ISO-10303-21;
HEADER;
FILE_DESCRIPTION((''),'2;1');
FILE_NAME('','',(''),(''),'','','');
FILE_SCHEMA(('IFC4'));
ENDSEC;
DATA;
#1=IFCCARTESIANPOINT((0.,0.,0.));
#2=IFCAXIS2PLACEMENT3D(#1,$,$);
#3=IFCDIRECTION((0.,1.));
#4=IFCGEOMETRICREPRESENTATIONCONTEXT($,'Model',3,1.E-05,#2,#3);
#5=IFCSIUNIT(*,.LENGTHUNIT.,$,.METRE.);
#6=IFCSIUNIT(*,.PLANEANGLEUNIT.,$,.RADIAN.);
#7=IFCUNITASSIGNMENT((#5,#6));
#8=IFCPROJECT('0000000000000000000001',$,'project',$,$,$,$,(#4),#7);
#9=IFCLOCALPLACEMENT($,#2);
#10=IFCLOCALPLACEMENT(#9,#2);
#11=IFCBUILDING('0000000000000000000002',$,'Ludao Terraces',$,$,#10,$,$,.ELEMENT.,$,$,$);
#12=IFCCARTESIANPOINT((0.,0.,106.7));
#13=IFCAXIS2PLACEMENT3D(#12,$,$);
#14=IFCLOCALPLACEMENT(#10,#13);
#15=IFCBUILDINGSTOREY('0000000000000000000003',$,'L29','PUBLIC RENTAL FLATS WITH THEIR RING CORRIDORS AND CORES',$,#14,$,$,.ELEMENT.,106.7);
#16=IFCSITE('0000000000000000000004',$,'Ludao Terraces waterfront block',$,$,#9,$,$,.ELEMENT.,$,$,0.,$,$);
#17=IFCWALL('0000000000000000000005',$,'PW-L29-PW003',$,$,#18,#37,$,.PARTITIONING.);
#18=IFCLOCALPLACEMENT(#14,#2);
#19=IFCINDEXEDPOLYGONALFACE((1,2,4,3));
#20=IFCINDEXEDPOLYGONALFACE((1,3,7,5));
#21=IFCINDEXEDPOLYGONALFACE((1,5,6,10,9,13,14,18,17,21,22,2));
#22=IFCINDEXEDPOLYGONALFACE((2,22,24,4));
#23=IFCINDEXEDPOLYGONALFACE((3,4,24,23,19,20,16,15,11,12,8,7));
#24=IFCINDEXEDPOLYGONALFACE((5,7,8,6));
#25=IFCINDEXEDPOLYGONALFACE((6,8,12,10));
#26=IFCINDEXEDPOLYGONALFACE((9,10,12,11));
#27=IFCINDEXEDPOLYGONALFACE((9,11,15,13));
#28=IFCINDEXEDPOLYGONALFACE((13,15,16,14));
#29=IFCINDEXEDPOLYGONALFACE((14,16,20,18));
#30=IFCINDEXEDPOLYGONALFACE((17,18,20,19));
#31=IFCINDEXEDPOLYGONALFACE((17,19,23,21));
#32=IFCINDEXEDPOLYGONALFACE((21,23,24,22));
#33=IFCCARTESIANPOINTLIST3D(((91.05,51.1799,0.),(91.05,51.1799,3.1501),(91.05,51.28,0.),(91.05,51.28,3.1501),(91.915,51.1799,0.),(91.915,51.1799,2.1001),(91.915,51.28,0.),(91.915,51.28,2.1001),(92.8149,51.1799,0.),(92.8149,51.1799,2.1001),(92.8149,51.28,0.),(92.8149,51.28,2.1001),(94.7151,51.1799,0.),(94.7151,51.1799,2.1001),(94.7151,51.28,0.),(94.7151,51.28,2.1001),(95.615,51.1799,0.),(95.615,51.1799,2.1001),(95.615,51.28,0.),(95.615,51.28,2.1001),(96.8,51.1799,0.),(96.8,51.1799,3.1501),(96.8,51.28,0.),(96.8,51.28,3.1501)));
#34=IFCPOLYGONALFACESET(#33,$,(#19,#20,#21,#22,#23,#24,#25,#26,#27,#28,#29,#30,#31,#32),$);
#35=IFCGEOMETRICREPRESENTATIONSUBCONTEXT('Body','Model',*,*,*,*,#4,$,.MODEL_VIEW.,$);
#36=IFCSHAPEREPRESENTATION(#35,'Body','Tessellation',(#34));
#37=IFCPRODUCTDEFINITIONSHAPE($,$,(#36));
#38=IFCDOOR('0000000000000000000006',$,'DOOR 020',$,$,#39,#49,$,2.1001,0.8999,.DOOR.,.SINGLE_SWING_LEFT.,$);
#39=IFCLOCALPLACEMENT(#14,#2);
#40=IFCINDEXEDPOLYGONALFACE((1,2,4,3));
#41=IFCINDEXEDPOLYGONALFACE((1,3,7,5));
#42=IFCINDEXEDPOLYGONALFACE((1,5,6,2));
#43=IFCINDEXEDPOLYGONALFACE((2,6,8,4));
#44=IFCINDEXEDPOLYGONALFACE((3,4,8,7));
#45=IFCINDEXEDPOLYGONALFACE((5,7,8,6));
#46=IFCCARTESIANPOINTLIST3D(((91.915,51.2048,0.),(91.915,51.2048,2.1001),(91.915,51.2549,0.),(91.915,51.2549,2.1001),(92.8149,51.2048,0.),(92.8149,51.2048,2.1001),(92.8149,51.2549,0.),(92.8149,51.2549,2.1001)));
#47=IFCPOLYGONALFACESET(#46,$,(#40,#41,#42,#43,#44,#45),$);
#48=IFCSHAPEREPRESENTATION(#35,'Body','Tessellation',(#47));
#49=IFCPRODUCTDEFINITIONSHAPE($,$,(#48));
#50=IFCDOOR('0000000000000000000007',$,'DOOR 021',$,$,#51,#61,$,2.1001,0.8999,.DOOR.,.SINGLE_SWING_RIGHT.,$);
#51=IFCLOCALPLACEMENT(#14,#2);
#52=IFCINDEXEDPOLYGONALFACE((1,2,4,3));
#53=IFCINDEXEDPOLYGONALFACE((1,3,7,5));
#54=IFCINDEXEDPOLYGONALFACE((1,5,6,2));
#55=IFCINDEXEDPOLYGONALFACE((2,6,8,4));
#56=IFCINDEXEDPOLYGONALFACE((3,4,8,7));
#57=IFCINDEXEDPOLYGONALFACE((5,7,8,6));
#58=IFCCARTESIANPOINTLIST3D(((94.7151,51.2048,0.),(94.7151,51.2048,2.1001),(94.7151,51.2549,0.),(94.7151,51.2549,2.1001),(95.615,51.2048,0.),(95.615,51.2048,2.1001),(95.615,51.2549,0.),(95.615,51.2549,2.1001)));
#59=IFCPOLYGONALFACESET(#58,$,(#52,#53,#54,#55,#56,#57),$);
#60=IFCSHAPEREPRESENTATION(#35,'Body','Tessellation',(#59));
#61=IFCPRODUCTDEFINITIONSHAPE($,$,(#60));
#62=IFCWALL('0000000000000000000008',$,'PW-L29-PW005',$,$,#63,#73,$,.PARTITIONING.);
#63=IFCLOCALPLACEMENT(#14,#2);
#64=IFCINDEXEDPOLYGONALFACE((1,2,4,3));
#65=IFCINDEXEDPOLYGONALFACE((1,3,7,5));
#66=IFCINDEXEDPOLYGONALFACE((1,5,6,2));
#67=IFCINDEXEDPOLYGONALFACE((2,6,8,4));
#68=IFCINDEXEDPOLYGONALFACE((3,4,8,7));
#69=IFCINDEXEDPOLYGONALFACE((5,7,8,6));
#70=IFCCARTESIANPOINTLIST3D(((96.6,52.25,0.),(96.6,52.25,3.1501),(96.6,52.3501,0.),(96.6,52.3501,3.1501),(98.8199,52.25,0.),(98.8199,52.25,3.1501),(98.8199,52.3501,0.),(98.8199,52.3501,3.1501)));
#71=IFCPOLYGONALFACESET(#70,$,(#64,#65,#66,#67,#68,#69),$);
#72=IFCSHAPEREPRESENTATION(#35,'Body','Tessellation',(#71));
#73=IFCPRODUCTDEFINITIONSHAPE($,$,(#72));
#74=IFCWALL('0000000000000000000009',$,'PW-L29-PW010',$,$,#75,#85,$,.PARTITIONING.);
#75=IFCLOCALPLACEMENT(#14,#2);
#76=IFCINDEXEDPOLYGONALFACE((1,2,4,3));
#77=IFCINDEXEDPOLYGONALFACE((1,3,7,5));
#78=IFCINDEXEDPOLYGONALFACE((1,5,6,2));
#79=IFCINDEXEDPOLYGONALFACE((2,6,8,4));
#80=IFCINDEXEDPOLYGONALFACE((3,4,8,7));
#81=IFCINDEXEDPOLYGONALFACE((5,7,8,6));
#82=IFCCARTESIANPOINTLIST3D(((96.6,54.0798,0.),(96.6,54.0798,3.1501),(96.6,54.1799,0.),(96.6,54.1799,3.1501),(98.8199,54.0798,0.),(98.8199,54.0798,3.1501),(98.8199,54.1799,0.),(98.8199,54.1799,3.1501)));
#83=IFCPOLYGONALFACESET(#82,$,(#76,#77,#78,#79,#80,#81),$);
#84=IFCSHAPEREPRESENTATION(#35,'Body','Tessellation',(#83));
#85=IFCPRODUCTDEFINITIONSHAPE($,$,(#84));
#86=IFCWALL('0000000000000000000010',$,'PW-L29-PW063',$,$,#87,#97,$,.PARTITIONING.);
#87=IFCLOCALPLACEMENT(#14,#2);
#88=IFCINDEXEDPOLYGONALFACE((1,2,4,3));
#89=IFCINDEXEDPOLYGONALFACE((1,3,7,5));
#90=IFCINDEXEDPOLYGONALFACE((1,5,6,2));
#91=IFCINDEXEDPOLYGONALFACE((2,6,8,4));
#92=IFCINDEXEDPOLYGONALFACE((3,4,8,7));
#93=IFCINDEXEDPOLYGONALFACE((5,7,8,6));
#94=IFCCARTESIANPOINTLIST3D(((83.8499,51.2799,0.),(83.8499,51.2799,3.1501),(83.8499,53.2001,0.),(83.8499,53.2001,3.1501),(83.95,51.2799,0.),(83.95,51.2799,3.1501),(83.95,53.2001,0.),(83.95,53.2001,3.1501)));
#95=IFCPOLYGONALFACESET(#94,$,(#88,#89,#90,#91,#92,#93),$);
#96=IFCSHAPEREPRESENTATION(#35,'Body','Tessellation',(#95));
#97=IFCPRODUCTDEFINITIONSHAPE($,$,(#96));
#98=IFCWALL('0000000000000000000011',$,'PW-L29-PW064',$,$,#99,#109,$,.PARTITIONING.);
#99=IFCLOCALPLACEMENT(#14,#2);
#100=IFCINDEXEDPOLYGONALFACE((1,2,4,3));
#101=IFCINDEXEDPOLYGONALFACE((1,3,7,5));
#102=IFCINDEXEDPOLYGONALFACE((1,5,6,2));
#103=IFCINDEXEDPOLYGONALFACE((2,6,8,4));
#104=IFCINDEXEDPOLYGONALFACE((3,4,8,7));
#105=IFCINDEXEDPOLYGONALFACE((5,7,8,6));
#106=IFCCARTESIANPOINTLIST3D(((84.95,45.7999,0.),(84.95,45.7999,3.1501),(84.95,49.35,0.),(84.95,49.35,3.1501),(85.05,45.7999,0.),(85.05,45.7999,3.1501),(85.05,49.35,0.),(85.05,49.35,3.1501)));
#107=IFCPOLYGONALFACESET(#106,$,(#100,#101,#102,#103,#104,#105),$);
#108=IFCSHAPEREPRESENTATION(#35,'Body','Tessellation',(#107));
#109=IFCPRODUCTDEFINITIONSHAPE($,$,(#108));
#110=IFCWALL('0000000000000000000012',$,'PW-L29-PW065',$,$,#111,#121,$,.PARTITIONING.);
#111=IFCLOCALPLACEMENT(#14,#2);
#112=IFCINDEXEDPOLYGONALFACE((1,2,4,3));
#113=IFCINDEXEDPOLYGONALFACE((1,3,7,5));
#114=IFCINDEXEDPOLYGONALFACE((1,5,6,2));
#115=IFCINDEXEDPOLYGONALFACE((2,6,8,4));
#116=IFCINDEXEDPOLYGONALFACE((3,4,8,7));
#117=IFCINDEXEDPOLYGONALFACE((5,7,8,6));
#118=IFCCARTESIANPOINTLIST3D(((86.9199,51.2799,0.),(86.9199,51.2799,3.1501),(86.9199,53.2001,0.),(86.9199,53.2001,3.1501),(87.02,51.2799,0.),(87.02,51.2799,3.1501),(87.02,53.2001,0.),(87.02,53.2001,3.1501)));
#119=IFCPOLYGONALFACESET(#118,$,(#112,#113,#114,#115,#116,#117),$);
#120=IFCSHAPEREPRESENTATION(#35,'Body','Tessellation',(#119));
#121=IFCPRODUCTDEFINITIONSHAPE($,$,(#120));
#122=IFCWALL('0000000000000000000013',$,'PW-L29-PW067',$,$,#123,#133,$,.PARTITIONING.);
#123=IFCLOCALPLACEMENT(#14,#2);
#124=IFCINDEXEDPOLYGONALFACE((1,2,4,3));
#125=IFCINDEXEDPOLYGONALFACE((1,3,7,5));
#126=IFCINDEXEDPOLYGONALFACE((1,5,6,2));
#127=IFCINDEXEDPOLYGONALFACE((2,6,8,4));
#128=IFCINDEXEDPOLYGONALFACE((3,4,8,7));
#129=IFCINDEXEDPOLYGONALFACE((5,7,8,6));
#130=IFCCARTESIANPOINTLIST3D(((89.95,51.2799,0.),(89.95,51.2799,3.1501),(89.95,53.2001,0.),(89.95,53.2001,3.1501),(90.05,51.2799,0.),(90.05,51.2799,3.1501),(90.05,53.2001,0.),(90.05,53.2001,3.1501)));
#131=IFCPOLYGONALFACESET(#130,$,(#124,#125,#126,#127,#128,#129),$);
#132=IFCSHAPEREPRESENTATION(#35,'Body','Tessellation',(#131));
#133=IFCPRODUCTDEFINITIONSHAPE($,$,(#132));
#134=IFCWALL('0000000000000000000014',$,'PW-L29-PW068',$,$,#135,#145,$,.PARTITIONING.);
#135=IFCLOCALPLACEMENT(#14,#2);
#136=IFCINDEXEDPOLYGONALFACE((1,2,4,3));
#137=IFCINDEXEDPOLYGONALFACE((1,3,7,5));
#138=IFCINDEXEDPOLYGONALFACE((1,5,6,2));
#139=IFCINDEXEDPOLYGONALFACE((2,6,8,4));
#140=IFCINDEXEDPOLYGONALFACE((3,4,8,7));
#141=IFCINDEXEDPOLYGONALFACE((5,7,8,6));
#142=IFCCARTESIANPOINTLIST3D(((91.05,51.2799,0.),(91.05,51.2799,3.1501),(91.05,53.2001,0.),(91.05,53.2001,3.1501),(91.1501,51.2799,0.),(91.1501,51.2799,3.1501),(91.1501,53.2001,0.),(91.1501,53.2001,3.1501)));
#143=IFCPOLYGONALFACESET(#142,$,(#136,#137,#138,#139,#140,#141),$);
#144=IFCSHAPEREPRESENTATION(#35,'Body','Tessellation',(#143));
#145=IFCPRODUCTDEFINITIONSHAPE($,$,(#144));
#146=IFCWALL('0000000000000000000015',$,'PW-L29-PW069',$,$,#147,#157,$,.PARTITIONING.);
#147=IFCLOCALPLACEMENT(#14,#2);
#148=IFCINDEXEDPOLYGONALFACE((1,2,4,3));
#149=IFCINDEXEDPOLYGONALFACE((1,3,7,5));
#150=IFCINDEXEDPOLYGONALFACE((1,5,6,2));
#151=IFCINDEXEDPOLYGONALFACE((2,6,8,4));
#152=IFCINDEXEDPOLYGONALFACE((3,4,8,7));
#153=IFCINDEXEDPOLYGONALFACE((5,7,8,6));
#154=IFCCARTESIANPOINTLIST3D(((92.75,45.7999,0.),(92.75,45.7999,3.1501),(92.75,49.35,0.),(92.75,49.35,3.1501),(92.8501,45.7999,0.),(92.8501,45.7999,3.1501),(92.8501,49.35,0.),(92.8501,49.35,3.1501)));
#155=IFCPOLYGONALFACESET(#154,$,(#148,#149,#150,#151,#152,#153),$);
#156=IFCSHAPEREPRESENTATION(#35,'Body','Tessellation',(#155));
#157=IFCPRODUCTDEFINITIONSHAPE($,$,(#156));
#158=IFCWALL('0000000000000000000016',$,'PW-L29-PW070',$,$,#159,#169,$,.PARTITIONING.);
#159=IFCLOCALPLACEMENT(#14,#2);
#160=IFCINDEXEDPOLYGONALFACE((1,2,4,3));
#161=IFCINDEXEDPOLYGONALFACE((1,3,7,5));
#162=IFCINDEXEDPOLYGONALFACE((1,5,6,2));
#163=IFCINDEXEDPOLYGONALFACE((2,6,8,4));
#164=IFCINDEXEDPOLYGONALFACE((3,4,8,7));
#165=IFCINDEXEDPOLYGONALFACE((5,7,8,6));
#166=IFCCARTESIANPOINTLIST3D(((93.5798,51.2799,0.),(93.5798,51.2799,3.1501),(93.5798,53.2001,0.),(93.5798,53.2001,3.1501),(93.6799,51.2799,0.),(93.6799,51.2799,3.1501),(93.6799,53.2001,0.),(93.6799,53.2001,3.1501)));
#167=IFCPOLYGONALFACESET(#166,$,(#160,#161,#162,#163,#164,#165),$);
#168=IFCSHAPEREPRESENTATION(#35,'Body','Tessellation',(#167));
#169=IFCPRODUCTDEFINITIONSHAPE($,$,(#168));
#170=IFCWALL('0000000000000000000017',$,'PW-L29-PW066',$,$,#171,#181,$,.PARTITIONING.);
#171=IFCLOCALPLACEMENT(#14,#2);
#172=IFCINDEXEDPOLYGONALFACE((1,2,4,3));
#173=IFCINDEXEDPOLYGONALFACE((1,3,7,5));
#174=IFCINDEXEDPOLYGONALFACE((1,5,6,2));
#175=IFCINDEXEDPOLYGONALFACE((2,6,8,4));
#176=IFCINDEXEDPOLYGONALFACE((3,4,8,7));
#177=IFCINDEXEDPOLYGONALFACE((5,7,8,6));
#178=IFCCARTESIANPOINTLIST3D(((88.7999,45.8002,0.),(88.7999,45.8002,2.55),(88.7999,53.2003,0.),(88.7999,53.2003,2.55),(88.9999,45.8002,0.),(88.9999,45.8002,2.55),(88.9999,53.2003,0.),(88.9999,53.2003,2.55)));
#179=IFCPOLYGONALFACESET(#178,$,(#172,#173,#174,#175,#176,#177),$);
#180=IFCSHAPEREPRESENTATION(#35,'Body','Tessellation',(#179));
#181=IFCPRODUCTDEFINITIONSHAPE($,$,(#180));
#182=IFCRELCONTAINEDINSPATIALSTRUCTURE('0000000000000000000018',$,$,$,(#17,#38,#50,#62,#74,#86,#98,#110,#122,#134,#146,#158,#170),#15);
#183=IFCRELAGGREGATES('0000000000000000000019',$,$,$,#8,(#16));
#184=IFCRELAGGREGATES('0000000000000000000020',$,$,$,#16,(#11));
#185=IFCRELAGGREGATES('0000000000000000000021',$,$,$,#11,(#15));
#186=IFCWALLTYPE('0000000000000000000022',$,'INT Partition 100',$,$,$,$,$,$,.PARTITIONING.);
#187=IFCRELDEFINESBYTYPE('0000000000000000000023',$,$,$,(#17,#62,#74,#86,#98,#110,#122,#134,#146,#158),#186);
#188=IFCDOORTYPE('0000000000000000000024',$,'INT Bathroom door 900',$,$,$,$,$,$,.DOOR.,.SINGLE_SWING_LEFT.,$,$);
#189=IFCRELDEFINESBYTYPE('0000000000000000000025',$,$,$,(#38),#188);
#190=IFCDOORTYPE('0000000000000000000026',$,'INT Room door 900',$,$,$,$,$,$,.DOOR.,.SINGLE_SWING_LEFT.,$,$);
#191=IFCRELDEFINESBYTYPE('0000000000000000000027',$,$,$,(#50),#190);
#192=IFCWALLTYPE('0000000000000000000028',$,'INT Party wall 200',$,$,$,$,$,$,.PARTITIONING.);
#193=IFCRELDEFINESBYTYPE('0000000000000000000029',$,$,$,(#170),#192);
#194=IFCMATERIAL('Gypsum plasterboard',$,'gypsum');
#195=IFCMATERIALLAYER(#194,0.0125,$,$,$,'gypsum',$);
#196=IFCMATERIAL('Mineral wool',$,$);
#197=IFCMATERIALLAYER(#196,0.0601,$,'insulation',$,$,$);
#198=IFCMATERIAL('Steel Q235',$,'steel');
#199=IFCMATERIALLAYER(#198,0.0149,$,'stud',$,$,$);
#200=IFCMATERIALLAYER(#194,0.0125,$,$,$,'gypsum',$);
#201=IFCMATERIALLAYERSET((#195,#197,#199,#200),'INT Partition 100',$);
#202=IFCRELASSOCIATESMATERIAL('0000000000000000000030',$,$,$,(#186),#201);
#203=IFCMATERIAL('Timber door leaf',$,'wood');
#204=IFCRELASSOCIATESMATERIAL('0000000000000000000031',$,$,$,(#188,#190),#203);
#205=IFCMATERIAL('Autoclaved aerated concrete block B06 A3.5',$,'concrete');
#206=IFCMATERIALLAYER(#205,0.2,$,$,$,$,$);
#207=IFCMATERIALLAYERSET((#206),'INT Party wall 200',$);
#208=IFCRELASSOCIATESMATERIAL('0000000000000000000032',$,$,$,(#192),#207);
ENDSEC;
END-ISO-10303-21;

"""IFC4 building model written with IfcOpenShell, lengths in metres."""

from ifc_helpers import new_model, si_unit, direction, frame, frame_2d, origin, place, context, subcontext, project, spatial, rectangle, extrude, material, layer, layer_set, type_object, element, fill, save


model = new_model("IFC4")

# Units and contexts
model_context = context("Model", 3, precision=1e-05, world=origin(), true_north=direction((0.0, 1.0)))
body_context = subcontext(model_context, "Body", "Model", "MODEL_VIEW")
ifc_project = project(units=[si_unit("LENGTHUNIT", "METRE"), si_unit("PLANEANGLEUNIT", "RADIAN")], contexts=[model_context])

# Site, building, storey
site_placement = place(None, origin())
site = spatial("IfcSite", under=ifc_project, at=site_placement, Name="Ludao Terraces waterfront block", CompositionType="ELEMENT", RefElevation=0.0)
building_placement = place(site_placement, origin())
building = spatial("IfcBuilding", under=site, at=building_placement, Name="Ludao Terraces", CompositionType="ELEMENT")
storey_placement = place(building_placement, frame((0.0, 0.0, 106.7)))
storey = spatial("IfcBuildingStorey", under=building, at=storey_placement, Name="L29", Description="PUBLIC RENTAL FLATS WITH THEIR RING CORRIDORS AND CORES", CompositionType="ELEMENT", Elevation=106.7)

# Shared definitions
ifc_material_1 = material(Name="Steel Q235", Category="steel")

# Shared definitions
ifc_material_2 = material(Name="Mineral wool")

# Wall, openings, doors
ifc_material_3 = material(Name="Gypsum plasterboard", Category="gypsum")
ifc_layer_1 = layer(ifc_material_3, 0.0125, Category="gypsum")
ifc_layer_2 = layer(ifc_material_2, 0.0601, Name="insulation")
ifc_layer_3 = layer(ifc_material_1, 0.0149, Name="stud")
ifc_layer_4 = layer(ifc_material_3, 0.0125, Category="gypsum")
ifc_layer_set_1 = layer_set([ifc_layer_1, ifc_layer_2, ifc_layer_3, ifc_layer_4], Name="INT Partition 100")
wall_type_1 = type_object("IfcWallType", Name="INT Partition 100", PredefinedType="PARTITIONING", material=ifc_layer_set_1)
wall_1_placement = place(storey_placement, frame((91.05, 51.23, 0.0), z_axis=(0.0, 0.0, 1.0), x_axis=(1.0, 0.0, 0.0)))
wall_1 = element("IfcWall", 1, at=wall_1_placement, inside=storey, type_object=wall_type_1, Name="PW-L29-PW003", PredefinedType="PARTITIONING", context=body_context, shape_type="SweptSolid", body=[
    extrude(rectangle(XDim=5.75, YDim=0.1001, at=frame_2d((2.875, 0.0))), origin(), (0.0, 0.0, 1.0), 3.1501),
])
opening_1_placement = place(wall_1_placement, frame((0.865, 0.0, 0.0)))
opening_1 = element("IfcOpeningElement", 2, at=opening_1_placement, cuts=wall_1, PredefinedType="OPENING", context=body_context, shape_type="SweptSolid", body=[
    extrude(rectangle(XDim=0.8999, YDim=2.1001, at=frame_2d((0.45, 1.05))), frame((0.0, 0.0601, 0.0), z_axis=(0.0, -1.0, 0.0), x_axis=(1.0, 0.0, 0.0)), (0.0, 0.0, 1.0), 0.1201),
])
opening_2_placement = place(wall_1_placement, frame((3.665, 0.0, 0.0)))
opening_2 = element("IfcOpeningElement", 3, at=opening_2_placement, cuts=wall_1, PredefinedType="OPENING", context=body_context, shape_type="SweptSolid", body=[
    extrude(rectangle(XDim=0.8999, YDim=2.1001, at=frame_2d((0.45, 1.05))), frame((0.0, 0.0601, 0.0), z_axis=(0.0, -1.0, 0.0), x_axis=(1.0, 0.0, 0.0)), (0.0, 0.0, 1.0), 0.1201),
])
ifc_material_4 = material(Name="Timber door leaf", Category="wood")
door_type_1 = type_object("IfcDoorType", Name="INT Bathroom door 900", OperationType="SINGLE_SWING_LEFT", PredefinedType="DOOR", material=ifc_material_4)
door_1_placement = place(opening_1_placement, origin())
door_1 = element("IfcDoor", 4, at=door_1_placement, inside=storey, type_object=door_type_1, Name="DOOR 020", OperationType="SINGLE_SWING_LEFT", OverallHeight=2.1001, OverallWidth=0.8999, PredefinedType="DOOR", context=body_context, shape_type="SweptSolid", body=[
    extrude(rectangle(XDim=0.8999, YDim=2.1001, at=frame_2d((0.45, 1.05))), frame((0.0, 0.0249, 0.0), z_axis=(0.0, -1.0, 0.0), x_axis=(1.0, 0.0, 0.0)), (0.0, 0.0, 1.0), 0.05),
])
fill(opening_1, door_1)
door_type_2 = type_object("IfcDoorType", Name="INT Room door 900", OperationType="SINGLE_SWING_LEFT", PredefinedType="DOOR", material=ifc_material_4)
door_2_placement = place(opening_2_placement, origin())
door_2 = element("IfcDoor", 5, at=door_2_placement, inside=storey, type_object=door_type_2, Name="DOOR 021", OperationType="SINGLE_SWING_RIGHT", OverallHeight=2.1001, OverallWidth=0.8999, PredefinedType="DOOR", context=body_context, shape_type="SweptSolid", body=[
    extrude(rectangle(XDim=0.8999, YDim=2.1001, at=frame_2d((0.45, 1.05))), frame((0.0, 0.0249, 0.0), z_axis=(0.0, -1.0, 0.0), x_axis=(1.0, 0.0, 0.0)), (0.0, 0.0, 1.0), 0.05),
])
fill(opening_2, door_2)

# Walls
for number, where, z_axis, x_axis, name in (
    (6, (96.6001, 52.3, 0.0), (0.0, 0.0, 1.0), (1.0, 0.0, 0.0), "PW-L29-PW005"),
    (7, (96.6001, 54.1299, 0.0), (0.0, 0.0, 1.0), (1.0, 0.0, 0.0), "PW-L29-PW010"),
):
    element("IfcWall", number, at=place(storey_placement, frame(where, z_axis=z_axis, x_axis=x_axis)), inside=storey, type_object=wall_type_1, Name=name, PredefinedType="PARTITIONING", context=body_context, shape_type="SweptSolid", body=[
        extrude(rectangle(XDim=2.22, YDim=0.1001, at=frame_2d((1.1099, 0.0))), origin(), (0.0, 0.0, 1.0), 3.1501),
    ])
wall_2_placement = place(storey_placement, frame((83.8999, 51.28, 0.0), z_axis=(0.0, 0.0, 1.0), x_axis=(0.0, 1.0, 0.0)))
element("IfcWall", 8, at=wall_2_placement, inside=storey, type_object=wall_type_1, Name="PW-L29-PW063", PredefinedType="PARTITIONING", context=body_context, shape_type="SweptSolid", body=[
    extrude(rectangle(XDim=1.9202, YDim=0.1001, at=frame_2d((0.96, 0.0))), origin(), (0.0, 0.0, 1.0), 3.1501),
])
wall_3_placement = place(storey_placement, frame((85.0, 45.8, 0.0), z_axis=(0.0, 0.0, 1.0), x_axis=(0.0, 1.0, 0.0)))
element("IfcWall", 9, at=wall_3_placement, inside=storey, type_object=wall_type_1, Name="PW-L29-PW064", PredefinedType="PARTITIONING", context=body_context, shape_type="SweptSolid", body=[
    extrude(rectangle(XDim=3.55, YDim=0.1001, at=frame_2d((1.7749, 0.0))), origin(), (0.0, 0.0, 1.0), 3.1501),
])
for number, where, z_axis, x_axis, name in (
    (10, (86.97, 51.28, 0.0), (0.0, 0.0, 1.0), (0.0, 1.0, 0.0), "PW-L29-PW065"),
    (11, (90.0, 51.28, 0.0), (0.0, 0.0, 1.0), (0.0, 1.0, 0.0), "PW-L29-PW067"),
    (12, (91.1001, 51.28, 0.0), (0.0, 0.0, 1.0), (0.0, 1.0, 0.0), "PW-L29-PW068"),
):
    element("IfcWall", number, at=place(storey_placement, frame(where, z_axis=z_axis, x_axis=x_axis)), inside=storey, type_object=wall_type_1, Name=name, PredefinedType="PARTITIONING", context=body_context, shape_type="SweptSolid", body=[
        extrude(rectangle(XDim=1.9202, YDim=0.1001, at=frame_2d((0.96, 0.0))), origin(), (0.0, 0.0, 1.0), 3.1501),
    ])
wall_4_placement = place(storey_placement, frame((92.8, 45.8, 0.0), z_axis=(0.0, 0.0, 1.0), x_axis=(0.0, 1.0, 0.0)))
element("IfcWall", 13, at=wall_4_placement, inside=storey, type_object=wall_type_1, Name="PW-L29-PW069", PredefinedType="PARTITIONING", context=body_context, shape_type="SweptSolid", body=[
    extrude(rectangle(XDim=3.55, YDim=0.1001, at=frame_2d((1.7749, 0.0))), origin(), (0.0, 0.0, 1.0), 3.1501),
])
wall_5_placement = place(storey_placement, frame((93.6299, 51.28, 0.0), z_axis=(0.0, 0.0, 1.0), x_axis=(0.0, 1.0, 0.0)))
element("IfcWall", 14, at=wall_5_placement, inside=storey, type_object=wall_type_1, Name="PW-L29-PW070", PredefinedType="PARTITIONING", context=body_context, shape_type="SweptSolid", body=[
    extrude(rectangle(XDim=1.9202, YDim=0.1001, at=frame_2d((0.96, 0.0))), origin(), (0.0, 0.0, 1.0), 3.1501),
])
ifc_material_5 = material(Name="Autoclaved aerated concrete block B06 A3.5", Category="concrete")
ifc_layer_5 = layer(ifc_material_5, 0.2)
ifc_layer_set_2 = layer_set([ifc_layer_5], Name="INT Party wall 200")
wall_type_2 = type_object("IfcWallType", Name="INT Party wall 200", PredefinedType="PARTITIONING", material=ifc_layer_set_2)
wall_6_placement = place(storey_placement, frame((88.8999, 45.8, 0.0), z_axis=(0.0, 0.0, 1.0), x_axis=(0.0, 1.0, 0.0)))
element("IfcWall", 15, at=wall_6_placement, inside=storey, type_object=wall_type_2, Name="PW-L29-PW066", PredefinedType="PARTITIONING", context=body_context, shape_type="SweptSolid", body=[
    extrude(rectangle(XDim=7.4001, YDim=0.2, at=frame_2d((3.7002, 0.0))), origin(), (0.0, 0.0, 1.0), 2.55),
])

save(model, "model.ifc")
